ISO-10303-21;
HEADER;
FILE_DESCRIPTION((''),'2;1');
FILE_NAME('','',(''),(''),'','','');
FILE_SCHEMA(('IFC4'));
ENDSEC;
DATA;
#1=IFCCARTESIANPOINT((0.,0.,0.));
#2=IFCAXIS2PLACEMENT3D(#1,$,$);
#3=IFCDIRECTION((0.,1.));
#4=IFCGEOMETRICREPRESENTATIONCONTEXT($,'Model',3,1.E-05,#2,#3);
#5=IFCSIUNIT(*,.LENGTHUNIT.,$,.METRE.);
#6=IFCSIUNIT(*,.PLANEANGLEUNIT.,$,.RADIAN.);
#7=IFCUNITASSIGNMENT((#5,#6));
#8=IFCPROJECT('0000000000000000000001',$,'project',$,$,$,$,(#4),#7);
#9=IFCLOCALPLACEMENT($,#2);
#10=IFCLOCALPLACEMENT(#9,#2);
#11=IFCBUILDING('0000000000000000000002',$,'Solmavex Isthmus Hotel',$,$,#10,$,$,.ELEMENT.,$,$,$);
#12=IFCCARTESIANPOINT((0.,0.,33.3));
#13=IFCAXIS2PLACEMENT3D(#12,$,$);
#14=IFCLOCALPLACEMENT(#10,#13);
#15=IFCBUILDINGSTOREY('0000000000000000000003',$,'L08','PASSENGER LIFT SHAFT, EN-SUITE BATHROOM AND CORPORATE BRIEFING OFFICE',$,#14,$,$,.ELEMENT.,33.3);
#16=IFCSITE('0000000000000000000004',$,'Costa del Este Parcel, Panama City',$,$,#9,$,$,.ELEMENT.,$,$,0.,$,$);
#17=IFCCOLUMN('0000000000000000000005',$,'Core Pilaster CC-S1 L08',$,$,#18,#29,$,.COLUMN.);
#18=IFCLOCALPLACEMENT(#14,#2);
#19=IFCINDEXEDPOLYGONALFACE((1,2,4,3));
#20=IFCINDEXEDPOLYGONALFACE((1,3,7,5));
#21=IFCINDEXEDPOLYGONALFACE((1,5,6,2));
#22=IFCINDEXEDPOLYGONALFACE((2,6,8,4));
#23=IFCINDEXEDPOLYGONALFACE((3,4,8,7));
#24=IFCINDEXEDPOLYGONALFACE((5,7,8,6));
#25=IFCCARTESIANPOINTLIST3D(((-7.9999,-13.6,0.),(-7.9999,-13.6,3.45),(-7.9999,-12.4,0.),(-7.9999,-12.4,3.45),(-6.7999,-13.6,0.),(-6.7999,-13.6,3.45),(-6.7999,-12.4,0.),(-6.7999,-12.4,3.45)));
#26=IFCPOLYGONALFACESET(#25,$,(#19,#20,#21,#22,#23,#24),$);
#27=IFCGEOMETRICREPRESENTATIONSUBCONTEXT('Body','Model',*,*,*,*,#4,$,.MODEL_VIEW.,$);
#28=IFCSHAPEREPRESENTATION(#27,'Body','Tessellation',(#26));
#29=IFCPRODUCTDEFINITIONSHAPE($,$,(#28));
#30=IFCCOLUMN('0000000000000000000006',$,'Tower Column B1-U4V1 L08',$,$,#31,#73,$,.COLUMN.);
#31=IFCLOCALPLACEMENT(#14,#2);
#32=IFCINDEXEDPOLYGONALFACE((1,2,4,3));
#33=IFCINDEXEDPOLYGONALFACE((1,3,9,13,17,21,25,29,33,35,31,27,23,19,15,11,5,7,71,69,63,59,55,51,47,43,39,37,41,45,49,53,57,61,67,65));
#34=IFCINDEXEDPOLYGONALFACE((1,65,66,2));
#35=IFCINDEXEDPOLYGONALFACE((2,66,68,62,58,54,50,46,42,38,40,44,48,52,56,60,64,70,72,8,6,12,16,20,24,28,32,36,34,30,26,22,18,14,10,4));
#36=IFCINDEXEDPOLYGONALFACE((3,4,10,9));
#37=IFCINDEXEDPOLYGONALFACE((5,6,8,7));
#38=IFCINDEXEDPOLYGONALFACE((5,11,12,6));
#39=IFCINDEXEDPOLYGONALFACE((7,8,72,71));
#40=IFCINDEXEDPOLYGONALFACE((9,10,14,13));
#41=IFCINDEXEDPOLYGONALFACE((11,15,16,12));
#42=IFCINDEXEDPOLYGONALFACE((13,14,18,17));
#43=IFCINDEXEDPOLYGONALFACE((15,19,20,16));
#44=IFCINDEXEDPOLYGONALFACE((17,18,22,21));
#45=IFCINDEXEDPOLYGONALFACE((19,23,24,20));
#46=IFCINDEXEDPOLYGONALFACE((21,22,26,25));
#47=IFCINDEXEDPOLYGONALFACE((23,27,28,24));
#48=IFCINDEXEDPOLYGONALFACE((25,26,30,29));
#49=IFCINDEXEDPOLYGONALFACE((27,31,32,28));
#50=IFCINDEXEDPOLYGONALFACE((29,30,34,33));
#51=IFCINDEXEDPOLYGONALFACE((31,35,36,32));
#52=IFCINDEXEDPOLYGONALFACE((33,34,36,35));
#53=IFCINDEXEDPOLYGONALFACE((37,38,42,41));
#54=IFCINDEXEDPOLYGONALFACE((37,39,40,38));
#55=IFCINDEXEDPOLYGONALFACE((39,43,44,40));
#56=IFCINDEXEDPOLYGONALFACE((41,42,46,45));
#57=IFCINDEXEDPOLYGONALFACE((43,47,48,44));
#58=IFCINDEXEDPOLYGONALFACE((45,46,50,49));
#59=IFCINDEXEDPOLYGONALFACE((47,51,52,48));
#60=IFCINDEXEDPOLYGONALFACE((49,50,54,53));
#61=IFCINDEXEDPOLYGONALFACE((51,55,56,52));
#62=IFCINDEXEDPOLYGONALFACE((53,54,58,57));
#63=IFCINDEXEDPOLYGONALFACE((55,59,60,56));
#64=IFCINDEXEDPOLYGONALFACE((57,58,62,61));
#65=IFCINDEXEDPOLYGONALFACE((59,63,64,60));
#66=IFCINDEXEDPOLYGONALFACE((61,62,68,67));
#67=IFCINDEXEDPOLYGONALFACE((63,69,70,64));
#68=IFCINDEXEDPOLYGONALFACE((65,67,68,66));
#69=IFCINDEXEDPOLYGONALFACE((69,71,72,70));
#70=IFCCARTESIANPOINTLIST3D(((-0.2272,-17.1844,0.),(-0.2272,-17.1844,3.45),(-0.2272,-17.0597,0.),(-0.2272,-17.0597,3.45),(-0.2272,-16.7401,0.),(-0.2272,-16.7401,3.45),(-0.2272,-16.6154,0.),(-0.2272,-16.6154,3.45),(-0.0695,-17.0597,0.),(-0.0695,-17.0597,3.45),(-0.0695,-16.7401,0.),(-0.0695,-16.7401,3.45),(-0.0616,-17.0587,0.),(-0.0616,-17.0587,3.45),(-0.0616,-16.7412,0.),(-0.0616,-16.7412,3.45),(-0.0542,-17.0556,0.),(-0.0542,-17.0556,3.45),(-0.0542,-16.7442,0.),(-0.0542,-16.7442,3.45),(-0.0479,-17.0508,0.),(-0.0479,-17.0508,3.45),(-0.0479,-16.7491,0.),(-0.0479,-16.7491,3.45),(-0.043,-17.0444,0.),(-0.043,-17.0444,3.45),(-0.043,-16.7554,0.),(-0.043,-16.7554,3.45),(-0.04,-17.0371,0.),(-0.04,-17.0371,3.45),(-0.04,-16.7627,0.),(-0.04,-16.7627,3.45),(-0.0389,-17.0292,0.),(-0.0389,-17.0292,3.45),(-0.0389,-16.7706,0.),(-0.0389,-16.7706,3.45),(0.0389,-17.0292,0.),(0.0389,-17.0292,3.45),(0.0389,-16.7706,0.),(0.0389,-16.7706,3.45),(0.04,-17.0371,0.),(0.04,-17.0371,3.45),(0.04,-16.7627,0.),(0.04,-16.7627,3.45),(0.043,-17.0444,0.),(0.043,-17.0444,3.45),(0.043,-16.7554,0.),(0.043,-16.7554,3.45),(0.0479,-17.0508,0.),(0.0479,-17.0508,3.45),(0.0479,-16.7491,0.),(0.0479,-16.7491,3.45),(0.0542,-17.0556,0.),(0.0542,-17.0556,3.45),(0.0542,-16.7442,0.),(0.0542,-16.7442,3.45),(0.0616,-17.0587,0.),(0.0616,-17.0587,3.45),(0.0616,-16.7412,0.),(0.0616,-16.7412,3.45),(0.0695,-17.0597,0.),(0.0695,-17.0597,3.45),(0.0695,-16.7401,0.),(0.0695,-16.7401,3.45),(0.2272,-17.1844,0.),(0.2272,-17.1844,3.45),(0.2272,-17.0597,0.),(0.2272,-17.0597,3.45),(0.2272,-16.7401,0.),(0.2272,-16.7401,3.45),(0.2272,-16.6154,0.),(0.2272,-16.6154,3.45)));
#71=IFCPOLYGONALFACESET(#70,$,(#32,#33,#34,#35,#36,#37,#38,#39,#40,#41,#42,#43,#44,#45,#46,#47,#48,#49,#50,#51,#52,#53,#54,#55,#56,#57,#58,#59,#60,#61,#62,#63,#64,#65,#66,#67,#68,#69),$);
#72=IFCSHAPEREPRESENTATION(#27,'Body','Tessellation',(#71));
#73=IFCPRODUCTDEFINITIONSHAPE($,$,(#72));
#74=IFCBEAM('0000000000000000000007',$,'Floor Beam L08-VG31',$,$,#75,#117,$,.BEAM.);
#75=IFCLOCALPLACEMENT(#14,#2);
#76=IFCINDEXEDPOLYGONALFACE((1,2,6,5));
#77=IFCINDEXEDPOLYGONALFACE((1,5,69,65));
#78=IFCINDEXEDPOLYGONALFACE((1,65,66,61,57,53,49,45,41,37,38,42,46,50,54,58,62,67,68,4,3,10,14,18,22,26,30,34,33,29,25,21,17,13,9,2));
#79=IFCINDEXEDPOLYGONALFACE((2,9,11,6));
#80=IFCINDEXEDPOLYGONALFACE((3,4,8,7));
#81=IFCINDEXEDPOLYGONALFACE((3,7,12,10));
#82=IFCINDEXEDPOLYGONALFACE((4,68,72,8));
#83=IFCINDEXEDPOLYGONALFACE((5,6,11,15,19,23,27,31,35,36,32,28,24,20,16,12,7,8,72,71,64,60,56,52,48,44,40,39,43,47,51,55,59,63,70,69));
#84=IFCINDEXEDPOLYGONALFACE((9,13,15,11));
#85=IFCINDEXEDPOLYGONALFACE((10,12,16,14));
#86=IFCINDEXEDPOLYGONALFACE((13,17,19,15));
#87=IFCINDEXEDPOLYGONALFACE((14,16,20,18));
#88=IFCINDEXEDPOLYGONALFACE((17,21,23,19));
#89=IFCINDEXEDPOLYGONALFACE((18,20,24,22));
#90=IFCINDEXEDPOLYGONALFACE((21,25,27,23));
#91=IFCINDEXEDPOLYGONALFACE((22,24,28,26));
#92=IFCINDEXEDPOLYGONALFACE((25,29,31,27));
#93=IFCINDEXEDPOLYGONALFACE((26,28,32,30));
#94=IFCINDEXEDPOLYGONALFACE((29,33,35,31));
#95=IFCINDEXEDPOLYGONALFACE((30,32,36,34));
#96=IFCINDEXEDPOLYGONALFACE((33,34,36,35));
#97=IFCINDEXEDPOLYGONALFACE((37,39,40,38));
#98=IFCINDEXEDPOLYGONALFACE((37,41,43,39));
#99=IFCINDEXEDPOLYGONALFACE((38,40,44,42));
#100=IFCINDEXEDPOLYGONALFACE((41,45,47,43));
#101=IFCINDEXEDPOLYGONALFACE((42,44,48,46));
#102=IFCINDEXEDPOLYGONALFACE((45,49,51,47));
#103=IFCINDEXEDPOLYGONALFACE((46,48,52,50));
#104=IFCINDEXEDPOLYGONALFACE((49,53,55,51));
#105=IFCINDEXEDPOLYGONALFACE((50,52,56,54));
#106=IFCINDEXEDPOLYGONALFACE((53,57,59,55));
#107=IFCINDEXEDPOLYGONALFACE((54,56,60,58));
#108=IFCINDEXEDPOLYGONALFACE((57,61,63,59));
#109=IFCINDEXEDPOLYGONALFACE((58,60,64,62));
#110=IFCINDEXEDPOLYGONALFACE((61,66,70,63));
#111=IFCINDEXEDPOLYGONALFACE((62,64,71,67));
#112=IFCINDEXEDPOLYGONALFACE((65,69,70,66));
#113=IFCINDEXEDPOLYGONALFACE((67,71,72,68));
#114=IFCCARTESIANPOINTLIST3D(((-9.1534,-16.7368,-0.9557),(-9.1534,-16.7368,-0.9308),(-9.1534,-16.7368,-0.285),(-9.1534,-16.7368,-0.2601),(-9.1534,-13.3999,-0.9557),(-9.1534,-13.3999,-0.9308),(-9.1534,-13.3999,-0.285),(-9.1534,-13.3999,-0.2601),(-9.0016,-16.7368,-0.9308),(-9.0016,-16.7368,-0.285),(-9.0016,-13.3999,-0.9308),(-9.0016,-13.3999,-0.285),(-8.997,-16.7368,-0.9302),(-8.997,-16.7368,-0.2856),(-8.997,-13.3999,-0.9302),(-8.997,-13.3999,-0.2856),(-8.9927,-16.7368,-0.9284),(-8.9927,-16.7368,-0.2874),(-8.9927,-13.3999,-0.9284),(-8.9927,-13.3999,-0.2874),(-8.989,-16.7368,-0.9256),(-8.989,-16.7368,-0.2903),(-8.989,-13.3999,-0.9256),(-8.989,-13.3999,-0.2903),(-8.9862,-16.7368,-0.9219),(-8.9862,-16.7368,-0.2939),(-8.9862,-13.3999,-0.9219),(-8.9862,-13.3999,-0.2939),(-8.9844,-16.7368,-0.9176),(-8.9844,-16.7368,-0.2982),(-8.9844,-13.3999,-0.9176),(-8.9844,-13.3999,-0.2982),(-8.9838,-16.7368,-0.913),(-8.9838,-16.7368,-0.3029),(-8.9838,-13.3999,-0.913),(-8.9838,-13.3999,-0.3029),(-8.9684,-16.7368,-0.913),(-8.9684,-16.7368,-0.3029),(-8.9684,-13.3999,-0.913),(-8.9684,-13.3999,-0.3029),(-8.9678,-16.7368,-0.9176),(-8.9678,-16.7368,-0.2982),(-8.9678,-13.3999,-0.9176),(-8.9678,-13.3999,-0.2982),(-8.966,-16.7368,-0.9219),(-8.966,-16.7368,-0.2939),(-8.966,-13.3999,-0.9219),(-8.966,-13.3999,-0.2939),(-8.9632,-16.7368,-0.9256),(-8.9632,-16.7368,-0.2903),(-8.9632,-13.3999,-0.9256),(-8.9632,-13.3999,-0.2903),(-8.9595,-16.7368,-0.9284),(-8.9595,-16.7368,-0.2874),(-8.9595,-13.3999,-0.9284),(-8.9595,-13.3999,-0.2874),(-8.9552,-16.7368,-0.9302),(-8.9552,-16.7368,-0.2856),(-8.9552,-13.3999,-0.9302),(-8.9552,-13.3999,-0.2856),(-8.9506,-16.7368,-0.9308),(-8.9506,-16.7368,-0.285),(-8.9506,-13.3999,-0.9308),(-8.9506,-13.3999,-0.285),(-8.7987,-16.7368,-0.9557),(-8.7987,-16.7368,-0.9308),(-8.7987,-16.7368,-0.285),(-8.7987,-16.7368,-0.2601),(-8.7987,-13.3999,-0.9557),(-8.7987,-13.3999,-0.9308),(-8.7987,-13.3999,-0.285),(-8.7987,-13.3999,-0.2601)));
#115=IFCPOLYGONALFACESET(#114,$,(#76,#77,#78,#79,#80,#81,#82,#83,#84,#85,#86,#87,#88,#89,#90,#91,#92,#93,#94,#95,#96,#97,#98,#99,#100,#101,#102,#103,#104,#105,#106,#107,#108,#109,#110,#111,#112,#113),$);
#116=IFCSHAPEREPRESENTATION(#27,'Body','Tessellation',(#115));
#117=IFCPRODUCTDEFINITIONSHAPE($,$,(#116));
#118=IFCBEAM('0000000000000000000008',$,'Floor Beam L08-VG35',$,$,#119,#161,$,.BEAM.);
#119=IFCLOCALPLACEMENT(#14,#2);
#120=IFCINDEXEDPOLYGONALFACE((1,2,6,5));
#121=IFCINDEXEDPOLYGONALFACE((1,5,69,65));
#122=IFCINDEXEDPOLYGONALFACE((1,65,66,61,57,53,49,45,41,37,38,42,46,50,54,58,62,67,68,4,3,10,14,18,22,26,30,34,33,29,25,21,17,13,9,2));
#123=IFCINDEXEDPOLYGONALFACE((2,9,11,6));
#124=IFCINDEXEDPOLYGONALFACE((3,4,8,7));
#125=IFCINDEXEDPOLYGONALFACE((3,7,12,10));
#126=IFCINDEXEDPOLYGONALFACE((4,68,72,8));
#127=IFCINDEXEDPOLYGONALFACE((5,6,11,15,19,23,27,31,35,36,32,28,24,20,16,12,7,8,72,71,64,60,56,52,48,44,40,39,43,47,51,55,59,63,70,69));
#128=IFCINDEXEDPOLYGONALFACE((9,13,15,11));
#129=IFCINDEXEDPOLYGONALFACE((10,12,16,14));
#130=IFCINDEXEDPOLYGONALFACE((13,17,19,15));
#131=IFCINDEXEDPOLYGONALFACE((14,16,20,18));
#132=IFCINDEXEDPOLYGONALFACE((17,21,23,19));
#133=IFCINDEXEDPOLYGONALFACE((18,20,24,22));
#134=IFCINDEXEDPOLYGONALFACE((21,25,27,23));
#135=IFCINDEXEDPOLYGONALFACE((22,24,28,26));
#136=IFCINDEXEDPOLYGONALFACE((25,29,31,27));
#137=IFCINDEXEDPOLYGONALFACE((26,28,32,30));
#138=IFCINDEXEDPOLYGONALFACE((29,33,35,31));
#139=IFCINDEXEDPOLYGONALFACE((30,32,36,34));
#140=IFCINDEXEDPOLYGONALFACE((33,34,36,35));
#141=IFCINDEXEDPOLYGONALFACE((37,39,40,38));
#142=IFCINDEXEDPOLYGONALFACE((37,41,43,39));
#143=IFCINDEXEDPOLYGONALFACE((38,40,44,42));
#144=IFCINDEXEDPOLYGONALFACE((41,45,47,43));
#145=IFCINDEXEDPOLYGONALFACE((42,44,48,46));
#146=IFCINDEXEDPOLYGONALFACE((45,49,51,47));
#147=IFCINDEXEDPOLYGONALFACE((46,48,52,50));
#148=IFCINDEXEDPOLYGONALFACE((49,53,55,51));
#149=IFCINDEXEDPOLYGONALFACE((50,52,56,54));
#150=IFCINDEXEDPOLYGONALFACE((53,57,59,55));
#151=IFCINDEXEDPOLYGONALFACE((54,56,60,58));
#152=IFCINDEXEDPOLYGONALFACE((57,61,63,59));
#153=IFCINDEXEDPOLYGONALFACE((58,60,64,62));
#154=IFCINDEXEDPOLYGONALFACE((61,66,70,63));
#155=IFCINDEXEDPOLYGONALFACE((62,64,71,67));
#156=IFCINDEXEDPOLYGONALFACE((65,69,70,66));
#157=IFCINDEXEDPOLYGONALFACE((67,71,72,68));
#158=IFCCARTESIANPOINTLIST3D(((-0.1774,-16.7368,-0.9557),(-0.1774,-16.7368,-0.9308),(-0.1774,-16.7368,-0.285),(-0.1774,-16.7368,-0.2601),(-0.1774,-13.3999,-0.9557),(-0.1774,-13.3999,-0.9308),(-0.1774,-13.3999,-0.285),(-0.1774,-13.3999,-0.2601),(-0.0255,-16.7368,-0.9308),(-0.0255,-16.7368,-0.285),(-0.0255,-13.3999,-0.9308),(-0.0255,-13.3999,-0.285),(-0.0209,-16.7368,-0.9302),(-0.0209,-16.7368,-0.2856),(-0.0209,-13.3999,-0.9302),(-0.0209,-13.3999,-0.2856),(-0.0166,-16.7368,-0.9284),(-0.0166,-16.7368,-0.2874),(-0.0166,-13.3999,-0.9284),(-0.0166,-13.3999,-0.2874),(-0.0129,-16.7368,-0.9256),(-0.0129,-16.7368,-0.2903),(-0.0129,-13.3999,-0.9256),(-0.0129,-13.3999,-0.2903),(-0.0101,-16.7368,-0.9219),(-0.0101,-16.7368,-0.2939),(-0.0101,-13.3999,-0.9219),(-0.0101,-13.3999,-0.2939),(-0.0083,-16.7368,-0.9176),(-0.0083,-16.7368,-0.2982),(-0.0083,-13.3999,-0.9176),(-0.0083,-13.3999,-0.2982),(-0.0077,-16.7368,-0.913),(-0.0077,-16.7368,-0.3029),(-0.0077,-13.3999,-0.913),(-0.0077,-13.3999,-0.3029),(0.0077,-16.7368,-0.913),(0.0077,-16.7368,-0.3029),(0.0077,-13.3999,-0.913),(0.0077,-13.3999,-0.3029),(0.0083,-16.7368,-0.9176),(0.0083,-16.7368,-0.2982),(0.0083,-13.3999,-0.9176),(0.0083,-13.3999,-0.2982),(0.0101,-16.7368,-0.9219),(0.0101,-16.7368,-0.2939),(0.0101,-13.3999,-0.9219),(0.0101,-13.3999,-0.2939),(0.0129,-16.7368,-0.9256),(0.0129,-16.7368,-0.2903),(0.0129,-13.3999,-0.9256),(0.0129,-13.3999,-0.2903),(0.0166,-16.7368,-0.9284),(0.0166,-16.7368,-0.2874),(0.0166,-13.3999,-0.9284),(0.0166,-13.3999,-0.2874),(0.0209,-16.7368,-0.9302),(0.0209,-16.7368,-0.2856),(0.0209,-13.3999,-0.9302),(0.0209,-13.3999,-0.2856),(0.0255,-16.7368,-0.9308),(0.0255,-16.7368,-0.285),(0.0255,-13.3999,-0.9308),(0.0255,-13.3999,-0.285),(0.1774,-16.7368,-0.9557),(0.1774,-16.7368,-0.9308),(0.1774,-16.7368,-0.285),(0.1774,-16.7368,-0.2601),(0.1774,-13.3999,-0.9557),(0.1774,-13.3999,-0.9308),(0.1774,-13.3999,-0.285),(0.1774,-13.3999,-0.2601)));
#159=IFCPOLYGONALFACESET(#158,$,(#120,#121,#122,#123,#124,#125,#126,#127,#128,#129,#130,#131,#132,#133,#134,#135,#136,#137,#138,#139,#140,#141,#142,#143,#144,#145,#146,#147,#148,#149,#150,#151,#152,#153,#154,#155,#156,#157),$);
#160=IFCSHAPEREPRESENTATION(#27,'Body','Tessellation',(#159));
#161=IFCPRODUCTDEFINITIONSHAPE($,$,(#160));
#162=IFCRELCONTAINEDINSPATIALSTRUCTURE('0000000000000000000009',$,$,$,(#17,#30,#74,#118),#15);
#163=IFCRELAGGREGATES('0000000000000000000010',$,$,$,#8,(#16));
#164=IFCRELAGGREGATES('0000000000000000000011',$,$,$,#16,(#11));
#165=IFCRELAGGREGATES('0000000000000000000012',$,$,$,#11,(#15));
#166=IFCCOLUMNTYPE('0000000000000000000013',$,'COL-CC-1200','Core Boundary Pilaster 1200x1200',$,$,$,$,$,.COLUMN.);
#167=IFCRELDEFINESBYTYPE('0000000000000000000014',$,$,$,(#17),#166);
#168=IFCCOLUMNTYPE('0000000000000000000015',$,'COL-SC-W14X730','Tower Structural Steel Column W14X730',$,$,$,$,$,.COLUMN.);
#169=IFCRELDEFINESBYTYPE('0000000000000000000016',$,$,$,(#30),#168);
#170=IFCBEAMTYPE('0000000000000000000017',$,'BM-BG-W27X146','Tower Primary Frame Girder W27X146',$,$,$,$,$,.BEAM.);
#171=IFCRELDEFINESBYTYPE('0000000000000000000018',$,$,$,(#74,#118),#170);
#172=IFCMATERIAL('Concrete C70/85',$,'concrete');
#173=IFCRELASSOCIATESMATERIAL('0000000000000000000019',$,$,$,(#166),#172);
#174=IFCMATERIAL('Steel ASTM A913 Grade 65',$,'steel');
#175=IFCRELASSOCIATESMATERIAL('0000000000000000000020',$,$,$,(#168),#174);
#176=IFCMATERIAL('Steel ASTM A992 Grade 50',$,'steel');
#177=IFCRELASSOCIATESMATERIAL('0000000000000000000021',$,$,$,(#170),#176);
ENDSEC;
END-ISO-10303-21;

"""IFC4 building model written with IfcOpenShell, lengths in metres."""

from ifc_helpers import new_model, si_unit, direction, frame, origin, origin_2d, place, context, subcontext, project, spatial, rectangle, i_section, extrude, material, material_profile, profile_set, type_object, element, save


model = new_model("IFC4")

# Units and contexts
model_context = context("Model", 3, precision=1e-05, world=origin(), true_north=direction((0.0, 1.0)))
body_context = subcontext(model_context, "Body", "Model", "MODEL_VIEW")
ifc_project = project(units=[si_unit("LENGTHUNIT", "METRE"), si_unit("PLANEANGLEUNIT", "RADIAN")], contexts=[model_context])

# Site, building, storey
site_placement = place(None, origin())
site = spatial("IfcSite", under=ifc_project, at=site_placement, Name="Costa del Este Parcel, Panama City", CompositionType="ELEMENT", RefElevation=0.0)
building_placement = place(site_placement, origin())
building = spatial("IfcBuilding", under=site, at=building_placement, Name="Solmavex Isthmus Hotel", CompositionType="ELEMENT")
storey_placement = place(building_placement, frame((0.0, 0.0, 33.3)))
storey = spatial("IfcBuildingStorey", under=building, at=storey_placement, Name="L08", Description="PASSENGER LIFT SHAFT, EN-SUITE BATHROOM AND CORPORATE BRIEFING OFFICE", CompositionType="ELEMENT", Elevation=33.3)

# Columns
ifc_material_1 = material(Name="Concrete C70/85", Category="concrete")
ifc_material_profile_1 = material_profile(ifc_material_1, rectangle(XDim=1.2, YDim=1.2, at=origin_2d()), Name="RC1200X1200")
ifc_profile_set_1 = profile_set([ifc_material_profile_1], Name="Concrete C70/85")
column_type_1 = type_object("IfcColumnType", Name="COL-CC-1200", Description="Core Boundary Pilaster 1200x1200", PredefinedType="COLUMN", material=ifc_profile_set_1)
column_1_placement = place(storey_placement, frame((-7.3999, -13.0, 0.0), z_axis=(0.0, 0.0, 1.0), x_axis=(1.0, 0.0, 0.0)))
element("IfcColumn", 1, at=column_1_placement, inside=storey, type_object=column_type_1, Name="Core Pilaster CC-S1 L08", PredefinedType="COLUMN", context=body_context, shape_type="SweptSolid", body=[
    extrude(rectangle(XDim=1.2, YDim=1.2, at=origin_2d()), origin(), (0.0, 0.0, 1.0), 3.45),
])
ifc_material_2 = material(Name="Steel ASTM A913 Grade 65", Category="steel")
ifc_material_profile_2 = material_profile(ifc_material_2, i_section(OverallWidth=0.4543, OverallDepth=0.5691, WebThickness=0.0779, FlangeThickness=0.1248, FilletRadius=0.0305, at=origin_2d()), Name="W14X730")
ifc_profile_set_2 = profile_set([ifc_material_profile_2], Name="Steel ASTM A913 Grade 65")
column_type_2 = type_object("IfcColumnType", Name="COL-SC-W14X730", Description="Tower Structural Steel Column W14X730", PredefinedType="COLUMN", material=ifc_profile_set_2)
column_2_placement = place(storey_placement, frame((0.0, -16.8999, 0.0), z_axis=(0.0, 0.0, 1.0), x_axis=(1.0, 0.0, 0.0)))
element("IfcColumn", 2, at=column_2_placement, inside=storey, type_object=column_type_2, Name="Tower Column B1-U4V1 L08", PredefinedType="COLUMN", context=body_context, shape_type="SweptSolid", body=[
    extrude(i_section(OverallWidth=0.4543, OverallDepth=0.5691, WebThickness=0.0779, FlangeThickness=0.1248, FilletRadius=0.0305, at=origin_2d()), origin(), (0.0, 0.0, 1.0), 3.45),
])

# Beams
ifc_material_3 = material(Name="Steel ASTM A992 Grade 50", Category="steel")
ifc_material_profile_3 = material_profile(ifc_material_3, i_section(OverallWidth=0.3547, OverallDepth=0.6956, WebThickness=0.0154, FlangeThickness=0.0249, FilletRadius=0.0178, at=origin_2d()), Name="W27X146")
ifc_profile_set_3 = profile_set([ifc_material_profile_3], Name="Steel ASTM A992 Grade 50")
beam_type_1 = type_object("IfcBeamType", Name="BM-BG-W27X146", Description="Tower Primary Frame Girder W27X146", PredefinedType="BEAM", material=ifc_profile_set_3)
for number, where, z_axis, x_axis, name in (
    (3, (-8.9761, -16.7368, -0.6079), (0.0, 1.0, 0.0), (-1.0, 0.0, 0.0), "Floor Beam L08-VG31"),
    (4, (0.0, -16.7368, -0.6079), (0.0, 1.0, 0.0), (-1.0, 0.0, 0.0), "Floor Beam L08-VG35"),
):
    element("IfcBeam", number, at=place(storey_placement, frame(where, z_axis=z_axis, x_axis=x_axis)), inside=storey, type_object=beam_type_1, Name=name, PredefinedType="BEAM", context=body_context, shape_type="SweptSolid", body=[
        extrude(i_section(OverallWidth=0.3547, OverallDepth=0.6956, WebThickness=0.0154, FlangeThickness=0.0249, FilletRadius=0.0178, at=origin_2d()), origin(), (0.0, 0.0, 1.0), 3.3369),
    ])

save(model, "model.ifc")
